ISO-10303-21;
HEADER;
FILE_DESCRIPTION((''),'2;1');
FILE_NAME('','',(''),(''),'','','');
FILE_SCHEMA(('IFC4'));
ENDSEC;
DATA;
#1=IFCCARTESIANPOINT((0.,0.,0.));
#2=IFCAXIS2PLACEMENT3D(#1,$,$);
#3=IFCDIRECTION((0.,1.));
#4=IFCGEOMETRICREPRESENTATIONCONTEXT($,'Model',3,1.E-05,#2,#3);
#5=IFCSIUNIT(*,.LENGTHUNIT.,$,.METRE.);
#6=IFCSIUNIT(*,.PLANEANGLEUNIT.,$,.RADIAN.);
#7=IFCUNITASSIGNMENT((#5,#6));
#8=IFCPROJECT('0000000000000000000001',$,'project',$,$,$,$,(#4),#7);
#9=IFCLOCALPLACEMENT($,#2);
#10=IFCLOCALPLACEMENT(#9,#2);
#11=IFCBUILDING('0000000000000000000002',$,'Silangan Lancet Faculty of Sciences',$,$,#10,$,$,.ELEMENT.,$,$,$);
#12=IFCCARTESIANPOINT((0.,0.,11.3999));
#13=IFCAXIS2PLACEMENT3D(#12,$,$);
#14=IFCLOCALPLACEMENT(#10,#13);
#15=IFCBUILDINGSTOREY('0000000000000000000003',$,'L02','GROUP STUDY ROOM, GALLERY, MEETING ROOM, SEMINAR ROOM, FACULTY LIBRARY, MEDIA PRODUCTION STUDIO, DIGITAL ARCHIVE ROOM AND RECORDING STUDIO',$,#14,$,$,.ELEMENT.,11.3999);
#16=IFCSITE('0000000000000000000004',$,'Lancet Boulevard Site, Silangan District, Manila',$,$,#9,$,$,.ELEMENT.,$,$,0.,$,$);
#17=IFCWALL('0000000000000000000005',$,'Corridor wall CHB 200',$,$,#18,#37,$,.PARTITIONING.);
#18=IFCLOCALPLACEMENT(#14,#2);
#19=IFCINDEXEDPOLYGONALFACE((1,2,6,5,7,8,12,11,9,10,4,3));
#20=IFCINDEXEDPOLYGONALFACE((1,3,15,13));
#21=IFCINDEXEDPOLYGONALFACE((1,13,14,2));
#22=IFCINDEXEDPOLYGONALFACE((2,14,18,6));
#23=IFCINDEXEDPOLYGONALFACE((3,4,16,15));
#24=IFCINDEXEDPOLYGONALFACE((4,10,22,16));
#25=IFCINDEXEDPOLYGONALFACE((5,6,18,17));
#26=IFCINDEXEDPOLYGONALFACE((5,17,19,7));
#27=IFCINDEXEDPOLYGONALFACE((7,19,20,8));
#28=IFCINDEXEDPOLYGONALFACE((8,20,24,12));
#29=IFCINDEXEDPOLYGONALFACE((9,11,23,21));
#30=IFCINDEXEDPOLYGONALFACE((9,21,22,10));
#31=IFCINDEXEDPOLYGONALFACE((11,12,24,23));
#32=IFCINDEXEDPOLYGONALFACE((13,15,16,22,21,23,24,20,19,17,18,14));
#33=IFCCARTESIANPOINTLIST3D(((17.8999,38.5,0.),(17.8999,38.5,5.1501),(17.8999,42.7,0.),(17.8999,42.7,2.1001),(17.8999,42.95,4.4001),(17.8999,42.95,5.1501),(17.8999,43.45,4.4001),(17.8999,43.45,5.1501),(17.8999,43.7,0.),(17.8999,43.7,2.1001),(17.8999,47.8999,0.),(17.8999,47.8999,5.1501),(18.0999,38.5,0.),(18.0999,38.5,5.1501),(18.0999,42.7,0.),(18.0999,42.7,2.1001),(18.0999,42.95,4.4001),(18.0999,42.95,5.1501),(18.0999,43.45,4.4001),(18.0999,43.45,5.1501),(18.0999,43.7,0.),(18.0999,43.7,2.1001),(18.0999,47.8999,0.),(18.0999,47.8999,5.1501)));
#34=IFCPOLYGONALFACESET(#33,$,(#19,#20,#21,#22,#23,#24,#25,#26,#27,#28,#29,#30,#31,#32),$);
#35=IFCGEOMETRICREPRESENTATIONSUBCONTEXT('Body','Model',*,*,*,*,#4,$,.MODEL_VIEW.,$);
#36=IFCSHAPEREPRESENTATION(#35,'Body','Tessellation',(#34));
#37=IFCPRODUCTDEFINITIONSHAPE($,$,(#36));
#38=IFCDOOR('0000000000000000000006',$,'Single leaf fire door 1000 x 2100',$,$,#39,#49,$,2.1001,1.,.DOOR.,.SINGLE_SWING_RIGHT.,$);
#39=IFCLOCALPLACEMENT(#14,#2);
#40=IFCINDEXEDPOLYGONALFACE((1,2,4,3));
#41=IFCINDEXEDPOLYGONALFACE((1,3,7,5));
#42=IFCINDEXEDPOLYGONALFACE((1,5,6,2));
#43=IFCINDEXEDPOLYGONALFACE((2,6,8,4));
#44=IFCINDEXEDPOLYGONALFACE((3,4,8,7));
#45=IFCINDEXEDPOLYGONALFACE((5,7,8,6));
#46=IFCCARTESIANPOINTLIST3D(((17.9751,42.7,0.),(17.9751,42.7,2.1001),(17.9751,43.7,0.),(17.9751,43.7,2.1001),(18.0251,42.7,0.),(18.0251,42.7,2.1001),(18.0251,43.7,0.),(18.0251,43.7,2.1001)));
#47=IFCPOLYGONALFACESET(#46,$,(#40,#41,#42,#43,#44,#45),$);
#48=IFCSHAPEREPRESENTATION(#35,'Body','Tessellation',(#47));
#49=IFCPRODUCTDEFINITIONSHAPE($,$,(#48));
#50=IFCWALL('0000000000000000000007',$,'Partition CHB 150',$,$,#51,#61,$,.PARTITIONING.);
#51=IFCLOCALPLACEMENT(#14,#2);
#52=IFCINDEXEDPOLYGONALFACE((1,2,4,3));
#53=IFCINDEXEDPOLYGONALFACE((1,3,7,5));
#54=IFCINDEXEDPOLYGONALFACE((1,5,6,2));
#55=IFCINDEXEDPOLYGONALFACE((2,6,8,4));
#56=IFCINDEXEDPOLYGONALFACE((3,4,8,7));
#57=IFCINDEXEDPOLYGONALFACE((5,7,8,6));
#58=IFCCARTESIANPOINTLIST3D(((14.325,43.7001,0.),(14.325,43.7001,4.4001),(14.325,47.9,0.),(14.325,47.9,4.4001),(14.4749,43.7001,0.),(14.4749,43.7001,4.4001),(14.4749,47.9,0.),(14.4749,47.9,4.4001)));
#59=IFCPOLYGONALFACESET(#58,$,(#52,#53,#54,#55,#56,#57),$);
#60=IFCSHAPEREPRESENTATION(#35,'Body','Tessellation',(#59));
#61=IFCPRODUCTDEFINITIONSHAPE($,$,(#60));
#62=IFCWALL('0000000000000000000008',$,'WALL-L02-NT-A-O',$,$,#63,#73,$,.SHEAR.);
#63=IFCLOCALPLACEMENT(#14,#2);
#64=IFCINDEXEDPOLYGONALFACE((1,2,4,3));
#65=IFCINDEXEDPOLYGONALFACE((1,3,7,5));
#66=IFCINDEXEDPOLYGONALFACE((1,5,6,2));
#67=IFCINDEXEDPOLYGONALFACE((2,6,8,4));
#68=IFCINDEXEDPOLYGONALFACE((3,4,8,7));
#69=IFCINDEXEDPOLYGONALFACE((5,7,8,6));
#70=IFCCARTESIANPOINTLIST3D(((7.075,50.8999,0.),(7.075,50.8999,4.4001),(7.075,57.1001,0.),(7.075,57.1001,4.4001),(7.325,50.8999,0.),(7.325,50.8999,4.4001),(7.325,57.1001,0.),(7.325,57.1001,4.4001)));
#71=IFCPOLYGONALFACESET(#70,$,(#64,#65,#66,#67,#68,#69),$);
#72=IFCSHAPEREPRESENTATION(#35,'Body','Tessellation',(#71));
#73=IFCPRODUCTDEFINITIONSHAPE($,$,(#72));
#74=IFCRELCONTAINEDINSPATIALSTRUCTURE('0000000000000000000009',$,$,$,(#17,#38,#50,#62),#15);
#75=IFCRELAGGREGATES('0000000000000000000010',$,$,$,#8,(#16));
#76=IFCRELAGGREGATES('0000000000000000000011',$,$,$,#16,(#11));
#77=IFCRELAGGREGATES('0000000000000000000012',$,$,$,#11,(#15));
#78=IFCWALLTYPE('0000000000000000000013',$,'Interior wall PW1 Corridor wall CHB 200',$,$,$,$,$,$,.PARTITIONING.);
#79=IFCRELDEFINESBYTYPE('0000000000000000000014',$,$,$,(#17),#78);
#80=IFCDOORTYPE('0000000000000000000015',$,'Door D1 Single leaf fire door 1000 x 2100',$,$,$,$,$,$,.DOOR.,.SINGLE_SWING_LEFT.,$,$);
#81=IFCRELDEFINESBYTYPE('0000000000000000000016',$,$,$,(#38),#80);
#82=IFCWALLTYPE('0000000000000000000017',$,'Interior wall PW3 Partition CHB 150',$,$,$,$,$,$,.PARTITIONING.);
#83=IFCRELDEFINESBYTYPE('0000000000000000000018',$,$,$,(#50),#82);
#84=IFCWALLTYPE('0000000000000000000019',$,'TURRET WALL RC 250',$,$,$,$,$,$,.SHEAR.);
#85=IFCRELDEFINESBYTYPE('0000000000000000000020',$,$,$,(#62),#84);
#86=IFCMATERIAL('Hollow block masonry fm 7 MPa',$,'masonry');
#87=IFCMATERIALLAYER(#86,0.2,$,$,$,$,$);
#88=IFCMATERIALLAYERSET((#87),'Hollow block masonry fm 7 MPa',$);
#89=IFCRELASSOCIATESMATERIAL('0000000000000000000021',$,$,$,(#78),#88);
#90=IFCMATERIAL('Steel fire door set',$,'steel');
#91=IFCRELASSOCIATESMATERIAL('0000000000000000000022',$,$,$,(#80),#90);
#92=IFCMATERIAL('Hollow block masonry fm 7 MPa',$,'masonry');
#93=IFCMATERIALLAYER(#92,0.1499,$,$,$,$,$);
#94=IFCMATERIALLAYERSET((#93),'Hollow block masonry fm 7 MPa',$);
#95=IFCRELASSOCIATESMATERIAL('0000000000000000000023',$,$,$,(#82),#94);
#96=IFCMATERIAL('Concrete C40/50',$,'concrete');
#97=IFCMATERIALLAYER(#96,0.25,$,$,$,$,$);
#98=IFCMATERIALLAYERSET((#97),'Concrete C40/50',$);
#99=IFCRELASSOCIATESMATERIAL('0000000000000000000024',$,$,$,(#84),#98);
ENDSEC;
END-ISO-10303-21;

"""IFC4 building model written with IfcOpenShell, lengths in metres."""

from ifc_helpers import new_model, si_unit, direction, frame, frame_2d, origin, place, context, subcontext, project, spatial, polyline, rectangle, outline, extrude, material, layer, layer_set, type_object, element, fill, save


model = new_model("IFC4")

# Units and contexts
model_context = context("Model", 3, precision=1e-05, world=origin(), true_north=direction((0.0, 1.0)))
body_context = subcontext(model_context, "Body", "Model", "MODEL_VIEW")
ifc_project = project(units=[si_unit("LENGTHUNIT", "METRE"), si_unit("PLANEANGLEUNIT", "RADIAN")], contexts=[model_context])

# Site, building, storey
site_placement = place(None, origin())
site = spatial("IfcSite", under=ifc_project, at=site_placement, Name="Lancet Boulevard Site, Silangan District, Manila", CompositionType="ELEMENT", RefElevation=0.0)
building_placement = place(site_placement, origin())
building = spatial("IfcBuilding", under=site, at=building_placement, Name="Silangan Lancet Faculty of Sciences", CompositionType="ELEMENT")
storey_placement = place(building_placement, frame((0.0, 0.0, 11.3999)))
storey = spatial("IfcBuildingStorey", under=building, at=storey_placement, Name="L02", Description="GROUP STUDY ROOM, GALLERY, MEETING ROOM, SEMINAR ROOM, FACULTY LIBRARY, MEDIA PRODUCTION STUDIO, DIGITAL ARCHIVE ROOM AND RECORDING STUDIO", CompositionType="ELEMENT", Elevation=11.3999)

# Wall, opening, door
ifc_material_1 = material(Name="Hollow block masonry fm 7 MPa", Category="masonry")
ifc_layer_1 = layer(ifc_material_1, 0.2)
ifc_layer_set_1 = layer_set([ifc_layer_1], Name="Hollow block masonry fm 7 MPa")
wall_type_1 = type_object("IfcWallType", Name="Interior wall PW1 Corridor wall CHB 200", PredefinedType="PARTITIONING", material=ifc_layer_set_1)
ifc_material_2 = material(Name="Steel fire door set", Category="steel")
door_type = type_object("IfcDoorType", Name="Door D1 Single leaf fire door 1000 x 2100", OperationType="SINGLE_SWING_LEFT", PredefinedType="DOOR", material=ifc_material_2)
wall_1_placement = place(storey_placement, frame((18.0, 38.5, 0.0), z_axis=(0.0, 0.0, 1.0), x_axis=(0.0, 1.0, 0.0)))
wall_1 = element("IfcWall", 1, at=wall_1_placement, inside=storey, type_object=wall_type_1, Name="Corridor wall CHB 200", PredefinedType="PARTITIONING", context=body_context, shape_type="SweptSolid", body=[
    extrude(outline(polyline([(0.0, 0.0), (9.3999, 0.0), (9.3999, 5.1501), (4.95, 5.1501), (4.95, 4.4001), (4.45, 4.4001), (4.45, 5.1501), (0.0, 5.1501), (0.0, 0.0)])), frame((0.0, 0.1001, 0.0), z_axis=(0.0, -1.0, 0.0), x_axis=(1.0, 0.0, 0.0)), (0.0, 0.0, 1.0), 0.2),
])
opening_1_placement = place(wall_1_placement, frame((4.2, 0.0, 0.0)))
opening_1 = element("IfcOpeningElement", 2, at=opening_1_placement, cuts=wall_1, PredefinedType="OPENING", context=body_context, shape_type="SweptSolid", body=[
    extrude(rectangle(XDim=1.0, YDim=2.1001, at=frame_2d((0.5, 1.05))), frame((0.0, 0.1099, 0.0), z_axis=(0.0, -1.0, 0.0), x_axis=(1.0, 0.0, 0.0)), (0.0, 0.0, 1.0), 0.22),
])
door_1_placement = place(opening_1_placement, origin())
door_1 = element("IfcDoor", 3, at=door_1_placement, inside=storey, type_object=door_type, Name="Single leaf fire door 1000 x 2100", OperationType="SINGLE_SWING_RIGHT", OverallHeight=2.1001, OverallWidth=1.0, PredefinedType="DOOR", context=body_context, shape_type="SweptSolid", body=[
    extrude(rectangle(XDim=1.0, YDim=2.1001, at=frame_2d((0.5, 1.05))), frame((0.0, 0.0249, 0.0), z_axis=(0.0, -1.0, 0.0), x_axis=(1.0, 0.0, 0.0)), (0.0, 0.0, 1.0), 0.05),
])
fill(opening_1, door_1)

# Walls
ifc_material_3 = material(Name="Hollow block masonry fm 7 MPa", Category="masonry")
ifc_layer_2 = layer(ifc_material_3, 0.1499)
ifc_layer_set_2 = layer_set([ifc_layer_2], Name="Hollow block masonry fm 7 MPa")
wall_type_2 = type_object("IfcWallType", Name="Interior wall PW3 Partition CHB 150", PredefinedType="PARTITIONING", material=ifc_layer_set_2)
wall_2_placement = place(storey_placement, frame((14.3999, 43.7, 0.0), z_axis=(0.0, 0.0, 1.0), x_axis=(0.0, 1.0, 0.0)))
element("IfcWall", 4, at=wall_2_placement, inside=storey, type_object=wall_type_2, Name="Partition CHB 150", PredefinedType="PARTITIONING", context=body_context, shape_type="SweptSolid", body=[
    extrude(rectangle(XDim=4.2, YDim=0.1499, at=frame_2d((2.1001, 0.0))), origin(), (0.0, 0.0, 1.0), 4.4001),
])
ifc_material_4 = material(Name="Concrete C40/50", Category="concrete")
ifc_layer_3 = layer(ifc_material_4, 0.25)
ifc_layer_set_3 = layer_set([ifc_layer_3], Name="Concrete C40/50")
wall_type_3 = type_object("IfcWallType", Name="TURRET WALL RC 250", PredefinedType="SHEAR", material=ifc_layer_set_3)
wall_3_placement = place(storey_placement, frame((7.2, 50.8999, 0.0), z_axis=(0.0, 0.0, 1.0), x_axis=(0.0, 1.0, 0.0)))
element("IfcWall", 5, at=wall_3_placement, inside=storey, type_object=wall_type_3, Name="WALL-L02-NT-A-O", PredefinedType="SHEAR", context=body_context, shape_type="SweptSolid", body=[
    extrude(rectangle(XDim=6.2002, YDim=0.25, at=frame_2d((3.1001, 0.0))), origin(), (0.0, 0.0, 1.0), 4.4001),
])

save(model, "model.ifc")
